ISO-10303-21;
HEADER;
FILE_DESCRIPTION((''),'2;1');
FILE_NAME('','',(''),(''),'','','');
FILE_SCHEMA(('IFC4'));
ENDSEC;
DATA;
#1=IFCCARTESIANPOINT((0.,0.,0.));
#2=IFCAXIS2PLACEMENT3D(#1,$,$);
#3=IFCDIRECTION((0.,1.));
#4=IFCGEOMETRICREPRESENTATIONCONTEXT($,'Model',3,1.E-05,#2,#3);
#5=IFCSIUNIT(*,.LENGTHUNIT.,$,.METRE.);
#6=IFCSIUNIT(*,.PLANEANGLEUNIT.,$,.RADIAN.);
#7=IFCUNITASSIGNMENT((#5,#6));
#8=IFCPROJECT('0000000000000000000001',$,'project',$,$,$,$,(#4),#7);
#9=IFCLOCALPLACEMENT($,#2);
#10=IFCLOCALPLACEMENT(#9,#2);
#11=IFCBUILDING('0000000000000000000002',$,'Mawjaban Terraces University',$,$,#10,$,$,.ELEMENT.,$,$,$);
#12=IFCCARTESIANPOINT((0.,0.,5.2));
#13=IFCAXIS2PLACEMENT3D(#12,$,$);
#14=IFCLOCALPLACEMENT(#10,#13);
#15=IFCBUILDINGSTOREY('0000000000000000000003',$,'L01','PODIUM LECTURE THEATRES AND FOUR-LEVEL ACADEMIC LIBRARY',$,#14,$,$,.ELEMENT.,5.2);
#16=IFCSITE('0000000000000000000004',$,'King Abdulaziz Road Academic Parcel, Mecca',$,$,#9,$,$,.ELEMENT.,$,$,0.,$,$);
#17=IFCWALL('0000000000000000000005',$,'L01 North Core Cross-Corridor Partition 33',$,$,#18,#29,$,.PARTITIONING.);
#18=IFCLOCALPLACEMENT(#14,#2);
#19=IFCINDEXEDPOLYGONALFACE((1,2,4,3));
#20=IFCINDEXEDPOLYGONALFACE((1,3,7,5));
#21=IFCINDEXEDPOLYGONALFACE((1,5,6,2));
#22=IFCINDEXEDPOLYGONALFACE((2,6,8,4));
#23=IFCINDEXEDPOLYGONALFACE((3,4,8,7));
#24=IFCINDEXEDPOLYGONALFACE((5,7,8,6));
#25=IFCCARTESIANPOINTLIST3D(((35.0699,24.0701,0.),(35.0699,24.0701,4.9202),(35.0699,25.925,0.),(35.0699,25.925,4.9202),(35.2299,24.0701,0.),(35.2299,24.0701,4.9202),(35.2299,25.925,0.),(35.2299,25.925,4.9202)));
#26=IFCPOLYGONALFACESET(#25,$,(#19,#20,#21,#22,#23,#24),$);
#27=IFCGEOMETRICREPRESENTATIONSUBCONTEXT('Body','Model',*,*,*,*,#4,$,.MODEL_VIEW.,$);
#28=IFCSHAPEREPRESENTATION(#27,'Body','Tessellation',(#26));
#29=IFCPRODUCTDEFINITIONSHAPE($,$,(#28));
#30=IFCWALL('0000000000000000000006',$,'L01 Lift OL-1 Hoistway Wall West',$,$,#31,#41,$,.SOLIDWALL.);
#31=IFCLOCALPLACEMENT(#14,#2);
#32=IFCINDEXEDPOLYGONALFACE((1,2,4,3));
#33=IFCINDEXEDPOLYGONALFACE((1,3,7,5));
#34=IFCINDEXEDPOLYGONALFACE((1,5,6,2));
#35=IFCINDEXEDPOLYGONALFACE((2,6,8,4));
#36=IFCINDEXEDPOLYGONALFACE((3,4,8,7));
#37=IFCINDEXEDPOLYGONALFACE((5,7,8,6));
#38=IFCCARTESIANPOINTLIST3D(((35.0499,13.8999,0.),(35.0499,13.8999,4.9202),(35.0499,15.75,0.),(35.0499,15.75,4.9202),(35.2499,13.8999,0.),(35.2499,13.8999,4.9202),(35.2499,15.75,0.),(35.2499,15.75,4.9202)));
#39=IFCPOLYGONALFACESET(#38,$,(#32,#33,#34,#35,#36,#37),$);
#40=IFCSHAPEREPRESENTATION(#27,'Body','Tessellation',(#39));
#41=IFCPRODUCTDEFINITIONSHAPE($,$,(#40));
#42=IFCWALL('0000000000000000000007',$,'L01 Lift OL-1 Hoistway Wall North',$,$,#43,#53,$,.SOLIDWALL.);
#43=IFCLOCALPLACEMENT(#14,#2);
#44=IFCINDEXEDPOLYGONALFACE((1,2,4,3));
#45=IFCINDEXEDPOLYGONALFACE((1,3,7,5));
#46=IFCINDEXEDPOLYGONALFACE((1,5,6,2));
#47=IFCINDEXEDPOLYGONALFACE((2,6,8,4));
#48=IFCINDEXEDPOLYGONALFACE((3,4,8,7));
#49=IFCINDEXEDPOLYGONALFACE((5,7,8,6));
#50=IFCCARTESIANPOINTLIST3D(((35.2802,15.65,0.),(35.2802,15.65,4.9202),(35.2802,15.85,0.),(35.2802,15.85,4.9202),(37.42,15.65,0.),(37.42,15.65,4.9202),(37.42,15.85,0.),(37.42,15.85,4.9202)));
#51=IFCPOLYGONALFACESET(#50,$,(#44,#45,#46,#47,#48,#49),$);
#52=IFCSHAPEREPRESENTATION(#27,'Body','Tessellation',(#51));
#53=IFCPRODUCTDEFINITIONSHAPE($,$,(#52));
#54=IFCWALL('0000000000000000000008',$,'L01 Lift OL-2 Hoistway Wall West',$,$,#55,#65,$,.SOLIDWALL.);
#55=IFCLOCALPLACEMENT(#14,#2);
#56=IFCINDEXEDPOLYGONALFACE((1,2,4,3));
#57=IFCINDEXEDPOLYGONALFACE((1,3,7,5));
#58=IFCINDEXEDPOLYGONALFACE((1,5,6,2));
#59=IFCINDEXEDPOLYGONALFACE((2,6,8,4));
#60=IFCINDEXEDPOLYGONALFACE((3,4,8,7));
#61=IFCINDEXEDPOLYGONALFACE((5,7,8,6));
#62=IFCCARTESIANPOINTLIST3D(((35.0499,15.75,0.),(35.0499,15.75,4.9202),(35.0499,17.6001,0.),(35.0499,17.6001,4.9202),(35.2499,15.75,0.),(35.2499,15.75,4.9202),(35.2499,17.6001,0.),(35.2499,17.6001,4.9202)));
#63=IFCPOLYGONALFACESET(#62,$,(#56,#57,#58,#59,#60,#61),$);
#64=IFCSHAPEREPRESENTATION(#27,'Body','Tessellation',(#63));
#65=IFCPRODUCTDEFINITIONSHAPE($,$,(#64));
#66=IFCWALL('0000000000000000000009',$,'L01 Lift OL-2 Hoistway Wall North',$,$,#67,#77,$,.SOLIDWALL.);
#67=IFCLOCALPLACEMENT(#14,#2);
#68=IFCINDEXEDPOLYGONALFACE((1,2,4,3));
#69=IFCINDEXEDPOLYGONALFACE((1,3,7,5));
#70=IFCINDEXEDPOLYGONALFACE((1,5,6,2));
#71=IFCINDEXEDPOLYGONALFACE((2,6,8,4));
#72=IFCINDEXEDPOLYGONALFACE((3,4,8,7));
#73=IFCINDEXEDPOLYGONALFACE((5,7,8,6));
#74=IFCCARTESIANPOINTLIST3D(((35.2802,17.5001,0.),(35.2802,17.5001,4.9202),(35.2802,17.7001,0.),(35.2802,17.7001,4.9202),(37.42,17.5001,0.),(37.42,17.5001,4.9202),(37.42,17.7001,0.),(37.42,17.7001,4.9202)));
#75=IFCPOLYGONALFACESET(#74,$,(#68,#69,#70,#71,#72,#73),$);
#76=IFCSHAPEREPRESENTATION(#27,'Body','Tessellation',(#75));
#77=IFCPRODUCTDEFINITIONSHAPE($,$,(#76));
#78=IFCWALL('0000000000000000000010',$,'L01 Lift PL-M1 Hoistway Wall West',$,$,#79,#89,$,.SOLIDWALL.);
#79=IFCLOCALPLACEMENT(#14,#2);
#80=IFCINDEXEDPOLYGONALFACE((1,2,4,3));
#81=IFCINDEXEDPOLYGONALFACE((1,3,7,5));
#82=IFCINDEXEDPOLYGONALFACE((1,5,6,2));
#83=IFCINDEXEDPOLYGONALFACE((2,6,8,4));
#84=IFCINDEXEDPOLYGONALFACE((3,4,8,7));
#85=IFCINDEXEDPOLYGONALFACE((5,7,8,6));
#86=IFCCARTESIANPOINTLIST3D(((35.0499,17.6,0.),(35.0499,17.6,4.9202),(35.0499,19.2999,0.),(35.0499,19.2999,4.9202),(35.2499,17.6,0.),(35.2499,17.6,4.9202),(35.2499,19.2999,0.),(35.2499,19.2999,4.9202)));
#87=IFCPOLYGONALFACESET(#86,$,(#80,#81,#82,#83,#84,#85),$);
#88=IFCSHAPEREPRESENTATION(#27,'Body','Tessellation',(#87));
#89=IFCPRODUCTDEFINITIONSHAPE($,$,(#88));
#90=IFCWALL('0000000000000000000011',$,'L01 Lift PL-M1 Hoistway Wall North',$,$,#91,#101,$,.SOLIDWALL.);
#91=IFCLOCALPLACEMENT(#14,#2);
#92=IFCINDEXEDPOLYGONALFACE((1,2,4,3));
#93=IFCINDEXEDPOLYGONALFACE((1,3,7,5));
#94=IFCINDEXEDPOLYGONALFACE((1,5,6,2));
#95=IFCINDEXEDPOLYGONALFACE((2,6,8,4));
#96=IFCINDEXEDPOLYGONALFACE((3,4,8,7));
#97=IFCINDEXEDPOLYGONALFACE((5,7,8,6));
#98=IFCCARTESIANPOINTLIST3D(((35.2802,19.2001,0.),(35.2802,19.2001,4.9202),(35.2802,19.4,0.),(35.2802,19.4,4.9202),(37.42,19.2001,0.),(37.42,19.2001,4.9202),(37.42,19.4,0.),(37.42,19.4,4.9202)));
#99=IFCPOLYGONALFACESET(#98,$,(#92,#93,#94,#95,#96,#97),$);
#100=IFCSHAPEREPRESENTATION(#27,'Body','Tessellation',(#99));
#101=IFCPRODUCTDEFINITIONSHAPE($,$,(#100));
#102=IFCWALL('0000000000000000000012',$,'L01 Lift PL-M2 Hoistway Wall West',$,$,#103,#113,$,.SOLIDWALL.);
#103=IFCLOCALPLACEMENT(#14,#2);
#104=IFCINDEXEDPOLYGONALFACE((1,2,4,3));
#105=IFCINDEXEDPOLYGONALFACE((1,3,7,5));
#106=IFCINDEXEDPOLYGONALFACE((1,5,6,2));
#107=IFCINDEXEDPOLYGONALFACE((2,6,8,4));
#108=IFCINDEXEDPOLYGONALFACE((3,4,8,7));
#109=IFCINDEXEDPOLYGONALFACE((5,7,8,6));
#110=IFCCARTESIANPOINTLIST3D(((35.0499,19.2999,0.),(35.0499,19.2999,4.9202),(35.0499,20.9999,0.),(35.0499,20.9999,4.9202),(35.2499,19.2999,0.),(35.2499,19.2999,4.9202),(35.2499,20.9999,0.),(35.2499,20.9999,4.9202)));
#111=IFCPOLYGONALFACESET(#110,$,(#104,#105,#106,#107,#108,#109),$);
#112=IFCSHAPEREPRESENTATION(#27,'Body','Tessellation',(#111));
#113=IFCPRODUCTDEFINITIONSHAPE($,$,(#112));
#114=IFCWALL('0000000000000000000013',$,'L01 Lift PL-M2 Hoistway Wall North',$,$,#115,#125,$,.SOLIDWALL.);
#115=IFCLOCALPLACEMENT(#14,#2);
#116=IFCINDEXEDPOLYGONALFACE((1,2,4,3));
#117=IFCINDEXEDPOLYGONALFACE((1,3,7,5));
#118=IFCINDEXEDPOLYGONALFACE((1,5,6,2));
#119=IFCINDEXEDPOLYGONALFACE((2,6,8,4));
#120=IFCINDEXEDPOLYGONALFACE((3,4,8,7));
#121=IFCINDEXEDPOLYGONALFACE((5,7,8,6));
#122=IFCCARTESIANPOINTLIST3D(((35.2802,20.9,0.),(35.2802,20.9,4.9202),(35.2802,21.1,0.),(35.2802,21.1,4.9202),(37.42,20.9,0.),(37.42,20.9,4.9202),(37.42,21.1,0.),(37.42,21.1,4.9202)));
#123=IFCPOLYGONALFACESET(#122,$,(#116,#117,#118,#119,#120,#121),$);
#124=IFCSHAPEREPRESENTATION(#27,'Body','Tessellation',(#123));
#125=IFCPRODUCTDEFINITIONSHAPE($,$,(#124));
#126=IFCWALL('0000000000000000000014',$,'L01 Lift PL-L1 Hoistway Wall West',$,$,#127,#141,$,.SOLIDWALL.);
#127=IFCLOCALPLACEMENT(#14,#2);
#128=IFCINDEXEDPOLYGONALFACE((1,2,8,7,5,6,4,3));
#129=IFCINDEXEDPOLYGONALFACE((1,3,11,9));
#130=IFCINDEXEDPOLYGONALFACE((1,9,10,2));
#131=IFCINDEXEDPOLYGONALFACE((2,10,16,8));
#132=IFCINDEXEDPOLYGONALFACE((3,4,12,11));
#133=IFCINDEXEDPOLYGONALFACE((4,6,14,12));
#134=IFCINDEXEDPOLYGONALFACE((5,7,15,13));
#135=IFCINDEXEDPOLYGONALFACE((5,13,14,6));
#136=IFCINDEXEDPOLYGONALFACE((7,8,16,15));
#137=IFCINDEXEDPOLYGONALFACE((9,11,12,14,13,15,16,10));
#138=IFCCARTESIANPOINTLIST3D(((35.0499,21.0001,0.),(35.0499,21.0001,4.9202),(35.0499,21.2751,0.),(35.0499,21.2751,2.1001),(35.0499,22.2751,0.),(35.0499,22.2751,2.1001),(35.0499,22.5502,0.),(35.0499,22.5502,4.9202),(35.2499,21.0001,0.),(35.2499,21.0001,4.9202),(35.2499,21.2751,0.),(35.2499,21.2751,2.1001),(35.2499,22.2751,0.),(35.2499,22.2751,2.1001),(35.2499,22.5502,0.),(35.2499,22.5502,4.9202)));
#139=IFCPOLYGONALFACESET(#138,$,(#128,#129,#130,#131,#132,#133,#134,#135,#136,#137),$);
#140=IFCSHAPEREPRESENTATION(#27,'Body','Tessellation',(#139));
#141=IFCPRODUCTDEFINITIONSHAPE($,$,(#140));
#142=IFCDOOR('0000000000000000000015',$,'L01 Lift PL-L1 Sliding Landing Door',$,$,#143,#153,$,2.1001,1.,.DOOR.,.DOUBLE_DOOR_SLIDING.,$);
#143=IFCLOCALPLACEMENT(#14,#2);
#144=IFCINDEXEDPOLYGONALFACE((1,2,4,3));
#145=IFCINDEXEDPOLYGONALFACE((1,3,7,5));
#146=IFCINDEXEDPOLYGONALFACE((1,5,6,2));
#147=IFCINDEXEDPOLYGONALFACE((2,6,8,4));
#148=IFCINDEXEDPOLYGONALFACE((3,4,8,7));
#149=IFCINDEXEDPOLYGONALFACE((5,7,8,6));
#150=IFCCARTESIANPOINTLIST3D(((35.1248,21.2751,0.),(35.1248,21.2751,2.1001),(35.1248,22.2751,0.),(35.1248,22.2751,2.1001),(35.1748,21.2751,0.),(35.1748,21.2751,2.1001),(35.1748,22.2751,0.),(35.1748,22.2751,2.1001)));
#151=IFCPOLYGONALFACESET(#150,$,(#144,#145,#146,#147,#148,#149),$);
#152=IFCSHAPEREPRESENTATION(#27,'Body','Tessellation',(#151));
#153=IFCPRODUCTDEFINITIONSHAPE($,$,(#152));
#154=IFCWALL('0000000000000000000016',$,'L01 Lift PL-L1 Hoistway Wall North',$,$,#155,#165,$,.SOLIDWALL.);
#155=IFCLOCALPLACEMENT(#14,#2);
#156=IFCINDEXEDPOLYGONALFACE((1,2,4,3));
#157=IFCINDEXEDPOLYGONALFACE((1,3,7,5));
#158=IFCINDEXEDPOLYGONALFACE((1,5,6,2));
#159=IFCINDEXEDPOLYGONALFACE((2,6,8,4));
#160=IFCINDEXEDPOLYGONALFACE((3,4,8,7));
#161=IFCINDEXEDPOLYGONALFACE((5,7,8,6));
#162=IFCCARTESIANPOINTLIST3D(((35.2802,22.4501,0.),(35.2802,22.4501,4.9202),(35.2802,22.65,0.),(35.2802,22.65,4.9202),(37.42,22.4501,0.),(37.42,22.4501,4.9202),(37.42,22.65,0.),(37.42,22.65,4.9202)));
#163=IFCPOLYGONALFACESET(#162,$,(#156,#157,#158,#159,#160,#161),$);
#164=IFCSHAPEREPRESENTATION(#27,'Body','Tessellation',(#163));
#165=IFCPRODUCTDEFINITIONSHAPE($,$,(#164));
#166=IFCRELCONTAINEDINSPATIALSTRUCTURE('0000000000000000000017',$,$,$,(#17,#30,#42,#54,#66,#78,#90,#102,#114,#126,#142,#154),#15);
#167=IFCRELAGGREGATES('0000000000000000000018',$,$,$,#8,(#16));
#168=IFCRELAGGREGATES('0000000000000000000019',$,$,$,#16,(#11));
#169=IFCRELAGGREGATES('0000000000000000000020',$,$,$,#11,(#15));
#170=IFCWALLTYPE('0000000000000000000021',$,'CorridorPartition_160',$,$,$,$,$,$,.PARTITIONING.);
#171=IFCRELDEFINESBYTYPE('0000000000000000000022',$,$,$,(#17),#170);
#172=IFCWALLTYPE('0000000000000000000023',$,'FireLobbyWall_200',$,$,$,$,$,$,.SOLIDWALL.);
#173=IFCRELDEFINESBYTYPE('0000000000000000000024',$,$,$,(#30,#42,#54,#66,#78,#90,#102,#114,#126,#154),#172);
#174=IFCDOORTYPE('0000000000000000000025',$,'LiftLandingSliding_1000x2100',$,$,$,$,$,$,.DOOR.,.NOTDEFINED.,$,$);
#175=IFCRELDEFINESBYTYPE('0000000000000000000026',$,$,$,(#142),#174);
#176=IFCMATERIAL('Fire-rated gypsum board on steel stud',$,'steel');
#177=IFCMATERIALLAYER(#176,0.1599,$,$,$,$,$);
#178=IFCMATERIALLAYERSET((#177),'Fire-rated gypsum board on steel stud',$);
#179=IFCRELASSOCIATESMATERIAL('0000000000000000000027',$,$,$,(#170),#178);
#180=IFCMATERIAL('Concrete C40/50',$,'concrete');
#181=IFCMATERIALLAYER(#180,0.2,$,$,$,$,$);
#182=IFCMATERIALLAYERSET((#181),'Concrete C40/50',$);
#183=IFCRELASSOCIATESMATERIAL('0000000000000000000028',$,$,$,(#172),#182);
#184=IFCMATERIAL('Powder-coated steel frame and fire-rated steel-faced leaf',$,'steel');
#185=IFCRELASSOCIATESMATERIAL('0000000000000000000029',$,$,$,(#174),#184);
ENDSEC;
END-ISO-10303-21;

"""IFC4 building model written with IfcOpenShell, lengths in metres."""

from ifc_helpers import new_model, si_unit, direction, frame, frame_2d, origin, place, context, subcontext, project, spatial, rectangle, extrude, material, layer, layer_set, type_object, element, fill, save


model = new_model("IFC4")

# Units and contexts
model_context = context("Model", 3, precision=1e-05, world=origin(), true_north=direction((0.0, 1.0)))
body_context = subcontext(model_context, "Body", "Model", "MODEL_VIEW")
ifc_project = project(units=[si_unit("LENGTHUNIT", "METRE"), si_unit("PLANEANGLEUNIT", "RADIAN")], contexts=[model_context])

# Site, building, storey
site_placement = place(None, origin())
site = spatial("IfcSite", under=ifc_project, at=site_placement, Name="King Abdulaziz Road Academic Parcel, Mecca", CompositionType="ELEMENT", RefElevation=0.0)
building_placement = place(site_placement, origin())
building = spatial("IfcBuilding", under=site, at=building_placement, Name="Mawjaban Terraces University", CompositionType="ELEMENT")
storey_placement = place(building_placement, frame((0.0, 0.0, 5.2)))
storey = spatial("IfcBuildingStorey", under=building, at=storey_placement, Name="L01", Description="PODIUM LECTURE THEATRES AND FOUR-LEVEL ACADEMIC LIBRARY", CompositionType="ELEMENT", Elevation=5.2)

# Walls
ifc_material_1 = material(Name="Fire-rated gypsum board on steel stud", Category="steel")
ifc_layer_1 = layer(ifc_material_1, 0.1599)
ifc_layer_set_1 = layer_set([ifc_layer_1], Name="Fire-rated gypsum board on steel stud")
wall_type_1 = type_object("IfcWallType", Name="CorridorPartition_160", PredefinedType="PARTITIONING", material=ifc_layer_set_1)
wall_1_placement = place(storey_placement, frame((35.1499, 24.0701, 0.0), z_axis=(0.0, 0.0, 1.0), x_axis=(0.0, 1.0, 0.0)))
element("IfcWall", 1, at=wall_1_placement, inside=storey, type_object=wall_type_1, Name="L01 North Core Cross-Corridor Partition 33", PredefinedType="PARTITIONING", context=body_context, shape_type="SweptSolid", body=[
    extrude(rectangle(XDim=1.855, YDim=0.1599, at=frame_2d((0.9275, 0.0))), origin(), (0.0, 0.0, 1.0), 4.9202),
])
ifc_material_2 = material(Name="Concrete C40/50", Category="concrete")
ifc_layer_2 = layer(ifc_material_2, 0.2)
ifc_layer_set_2 = layer_set([ifc_layer_2], Name="Concrete C40/50")
wall_type_2 = type_object("IfcWallType", Name="FireLobbyWall_200", PredefinedType="SOLIDWALL", material=ifc_layer_set_2)
wall_2_placement = place(storey_placement, frame((35.1499, 15.75, 0.0), z_axis=(0.0, 0.0, 1.0), x_axis=(0.0, -1.0, 0.0)))
element("IfcWall", 2, at=wall_2_placement, inside=storey, type_object=wall_type_2, Name="L01 Lift OL-1 Hoistway Wall West", PredefinedType="SOLIDWALL", context=body_context, shape_type="SweptSolid", body=[
    extrude(rectangle(XDim=1.8501, YDim=0.2, at=frame_2d((0.925, 0.0))), origin(), (0.0, 0.0, 1.0), 4.9202),
])
wall_3_placement = place(storey_placement, frame((37.4199, 15.75, 0.0), z_axis=(0.0, 0.0, 1.0), x_axis=(-1.0, 0.0, 0.0)))
element("IfcWall", 3, at=wall_3_placement, inside=storey, type_object=wall_type_2, Name="L01 Lift OL-1 Hoistway Wall North", PredefinedType="SOLIDWALL", context=body_context, shape_type="SweptSolid", body=[
    extrude(rectangle(XDim=2.1399, YDim=0.2, at=frame_2d((1.0698, 0.0))), origin(), (0.0, 0.0, 1.0), 4.9202),
])
wall_4_placement = place(storey_placement, frame((35.1499, 17.6001, 0.0), z_axis=(0.0, 0.0, 1.0), x_axis=(0.0, -1.0, 0.0)))
element("IfcWall", 4, at=wall_4_placement, inside=storey, type_object=wall_type_2, Name="L01 Lift OL-2 Hoistway Wall West", PredefinedType="SOLIDWALL", context=body_context, shape_type="SweptSolid", body=[
    extrude(rectangle(XDim=1.8501, YDim=0.2, at=frame_2d((0.925, 0.0))), origin(), (0.0, 0.0, 1.0), 4.9202),
])
wall_5_placement = place(storey_placement, frame((37.4199, 17.6001, 0.0), z_axis=(0.0, 0.0, 1.0), x_axis=(-1.0, 0.0, 0.0)))
element("IfcWall", 5, at=wall_5_placement, inside=storey, type_object=wall_type_2, Name="L01 Lift OL-2 Hoistway Wall North", PredefinedType="SOLIDWALL", context=body_context, shape_type="SweptSolid", body=[
    extrude(rectangle(XDim=2.1399, YDim=0.2, at=frame_2d((1.0698, 0.0))), origin(), (0.0, 0.0, 1.0), 4.9202),
])
wall_6_placement = place(storey_placement, frame((35.1499, 19.3, 0.0), z_axis=(0.0, 0.0, 1.0), x_axis=(0.0, -1.0, 0.0)))
element("IfcWall", 6, at=wall_6_placement, inside=storey, type_object=wall_type_2, Name="L01 Lift PL-M1 Hoistway Wall West", PredefinedType="SOLIDWALL", context=body_context, shape_type="SweptSolid", body=[
    extrude(rectangle(XDim=1.7, YDim=0.2, at=frame_2d((0.8501, 0.0))), origin(), (0.0, 0.0, 1.0), 4.9202),
])
wall_7_placement = place(storey_placement, frame((37.4199, 19.3, 0.0), z_axis=(0.0, 0.0, 1.0), x_axis=(-1.0, 0.0, 0.0)))
element("IfcWall", 7, at=wall_7_placement, inside=storey, type_object=wall_type_2, Name="L01 Lift PL-M1 Hoistway Wall North", PredefinedType="SOLIDWALL", context=body_context, shape_type="SweptSolid", body=[
    extrude(rectangle(XDim=2.1399, YDim=0.2, at=frame_2d((1.0698, 0.0))), origin(), (0.0, 0.0, 1.0), 4.9202),
])
wall_8_placement = place(storey_placement, frame((35.1499, 21.0, 0.0), z_axis=(0.0, 0.0, 1.0), x_axis=(0.0, -1.0, 0.0)))
element("IfcWall", 8, at=wall_8_placement, inside=storey, type_object=wall_type_2, Name="L01 Lift PL-M2 Hoistway Wall West", PredefinedType="SOLIDWALL", context=body_context, shape_type="SweptSolid", body=[
    extrude(rectangle(XDim=1.7, YDim=0.2, at=frame_2d((0.8501, 0.0))), origin(), (0.0, 0.0, 1.0), 4.9202),
])
wall_9_placement = place(storey_placement, frame((37.4199, 21.0, 0.0), z_axis=(0.0, 0.0, 1.0), x_axis=(-1.0, 0.0, 0.0)))
element("IfcWall", 9, at=wall_9_placement, inside=storey, type_object=wall_type_2, Name="L01 Lift PL-M2 Hoistway Wall North", PredefinedType="SOLIDWALL", context=body_context, shape_type="SweptSolid", body=[
    extrude(rectangle(XDim=2.1399, YDim=0.2, at=frame_2d((1.0698, 0.0))), origin(), (0.0, 0.0, 1.0), 4.9202),
])

# Wall, opening, door
wall_10_placement = place(storey_placement, frame((35.1499, 22.55, 0.0), z_axis=(0.0, 0.0, 1.0), x_axis=(0.0, -1.0, 0.0)))
wall_10 = element("IfcWall", 10, at=wall_10_placement, inside=storey, type_object=wall_type_2, Name="L01 Lift PL-L1 Hoistway Wall West", PredefinedType="SOLIDWALL", context=body_context, shape_type="SweptSolid", body=[
    extrude(rectangle(XDim=1.55, YDim=0.2, at=frame_2d((0.7749, 0.0))), origin(), (0.0, 0.0, 1.0), 4.9202),
])
opening_1_placement = place(wall_10_placement, frame((0.2749, 0.0, 0.0)))
opening_1 = element("IfcOpeningElement", 11, at=opening_1_placement, cuts=wall_10, PredefinedType="OPENING", context=body_context, shape_type="SweptSolid", body=[
    extrude(rectangle(XDim=1.0, YDim=2.1001, at=frame_2d((0.5, 1.05))), frame((0.0, 0.1099, 0.0), z_axis=(0.0, -1.0, 0.0), x_axis=(1.0, 0.0, 0.0)), (0.0, 0.0, 1.0), 0.22),
])
ifc_material_3 = material(Name="Powder-coated steel frame and fire-rated steel-faced leaf", Category="steel")
door_type_1 = type_object("IfcDoorType", Name="LiftLandingSliding_1000x2100", OperationType="NOTDEFINED", PredefinedType="DOOR", material=ifc_material_3)
door_1_placement = place(opening_1_placement, origin())
door_1 = element("IfcDoor", 12, at=door_1_placement, inside=storey, type_object=door_type_1, Name="L01 Lift PL-L1 Sliding Landing Door", OperationType="DOUBLE_DOOR_SLIDING", OverallHeight=2.1001, OverallWidth=1.0, PredefinedType="DOOR", context=body_context, shape_type="SweptSolid", body=[
    extrude(rectangle(XDim=1.0, YDim=2.1001, at=frame_2d((0.5, 1.05))), frame((0.0, 0.0249, 0.0), z_axis=(0.0, -1.0, 0.0), x_axis=(1.0, 0.0, 0.0)), (0.0, 0.0, 1.0), 0.05),
])
fill(opening_1, door_1)

# Wall
wall_11_placement = place(storey_placement, frame((37.4199, 22.55, 0.0), z_axis=(0.0, 0.0, 1.0), x_axis=(-1.0, 0.0, 0.0)))
element("IfcWall", 13, at=wall_11_placement, inside=storey, type_object=wall_type_2, Name="L01 Lift PL-L1 Hoistway Wall North", PredefinedType="SOLIDWALL", context=body_context, shape_type="SweptSolid", body=[
    extrude(rectangle(XDim=2.1399, YDim=0.2, at=frame_2d((1.0698, 0.0))), origin(), (0.0, 0.0, 1.0), 4.9202),
])

save(model, "model.ifc")
